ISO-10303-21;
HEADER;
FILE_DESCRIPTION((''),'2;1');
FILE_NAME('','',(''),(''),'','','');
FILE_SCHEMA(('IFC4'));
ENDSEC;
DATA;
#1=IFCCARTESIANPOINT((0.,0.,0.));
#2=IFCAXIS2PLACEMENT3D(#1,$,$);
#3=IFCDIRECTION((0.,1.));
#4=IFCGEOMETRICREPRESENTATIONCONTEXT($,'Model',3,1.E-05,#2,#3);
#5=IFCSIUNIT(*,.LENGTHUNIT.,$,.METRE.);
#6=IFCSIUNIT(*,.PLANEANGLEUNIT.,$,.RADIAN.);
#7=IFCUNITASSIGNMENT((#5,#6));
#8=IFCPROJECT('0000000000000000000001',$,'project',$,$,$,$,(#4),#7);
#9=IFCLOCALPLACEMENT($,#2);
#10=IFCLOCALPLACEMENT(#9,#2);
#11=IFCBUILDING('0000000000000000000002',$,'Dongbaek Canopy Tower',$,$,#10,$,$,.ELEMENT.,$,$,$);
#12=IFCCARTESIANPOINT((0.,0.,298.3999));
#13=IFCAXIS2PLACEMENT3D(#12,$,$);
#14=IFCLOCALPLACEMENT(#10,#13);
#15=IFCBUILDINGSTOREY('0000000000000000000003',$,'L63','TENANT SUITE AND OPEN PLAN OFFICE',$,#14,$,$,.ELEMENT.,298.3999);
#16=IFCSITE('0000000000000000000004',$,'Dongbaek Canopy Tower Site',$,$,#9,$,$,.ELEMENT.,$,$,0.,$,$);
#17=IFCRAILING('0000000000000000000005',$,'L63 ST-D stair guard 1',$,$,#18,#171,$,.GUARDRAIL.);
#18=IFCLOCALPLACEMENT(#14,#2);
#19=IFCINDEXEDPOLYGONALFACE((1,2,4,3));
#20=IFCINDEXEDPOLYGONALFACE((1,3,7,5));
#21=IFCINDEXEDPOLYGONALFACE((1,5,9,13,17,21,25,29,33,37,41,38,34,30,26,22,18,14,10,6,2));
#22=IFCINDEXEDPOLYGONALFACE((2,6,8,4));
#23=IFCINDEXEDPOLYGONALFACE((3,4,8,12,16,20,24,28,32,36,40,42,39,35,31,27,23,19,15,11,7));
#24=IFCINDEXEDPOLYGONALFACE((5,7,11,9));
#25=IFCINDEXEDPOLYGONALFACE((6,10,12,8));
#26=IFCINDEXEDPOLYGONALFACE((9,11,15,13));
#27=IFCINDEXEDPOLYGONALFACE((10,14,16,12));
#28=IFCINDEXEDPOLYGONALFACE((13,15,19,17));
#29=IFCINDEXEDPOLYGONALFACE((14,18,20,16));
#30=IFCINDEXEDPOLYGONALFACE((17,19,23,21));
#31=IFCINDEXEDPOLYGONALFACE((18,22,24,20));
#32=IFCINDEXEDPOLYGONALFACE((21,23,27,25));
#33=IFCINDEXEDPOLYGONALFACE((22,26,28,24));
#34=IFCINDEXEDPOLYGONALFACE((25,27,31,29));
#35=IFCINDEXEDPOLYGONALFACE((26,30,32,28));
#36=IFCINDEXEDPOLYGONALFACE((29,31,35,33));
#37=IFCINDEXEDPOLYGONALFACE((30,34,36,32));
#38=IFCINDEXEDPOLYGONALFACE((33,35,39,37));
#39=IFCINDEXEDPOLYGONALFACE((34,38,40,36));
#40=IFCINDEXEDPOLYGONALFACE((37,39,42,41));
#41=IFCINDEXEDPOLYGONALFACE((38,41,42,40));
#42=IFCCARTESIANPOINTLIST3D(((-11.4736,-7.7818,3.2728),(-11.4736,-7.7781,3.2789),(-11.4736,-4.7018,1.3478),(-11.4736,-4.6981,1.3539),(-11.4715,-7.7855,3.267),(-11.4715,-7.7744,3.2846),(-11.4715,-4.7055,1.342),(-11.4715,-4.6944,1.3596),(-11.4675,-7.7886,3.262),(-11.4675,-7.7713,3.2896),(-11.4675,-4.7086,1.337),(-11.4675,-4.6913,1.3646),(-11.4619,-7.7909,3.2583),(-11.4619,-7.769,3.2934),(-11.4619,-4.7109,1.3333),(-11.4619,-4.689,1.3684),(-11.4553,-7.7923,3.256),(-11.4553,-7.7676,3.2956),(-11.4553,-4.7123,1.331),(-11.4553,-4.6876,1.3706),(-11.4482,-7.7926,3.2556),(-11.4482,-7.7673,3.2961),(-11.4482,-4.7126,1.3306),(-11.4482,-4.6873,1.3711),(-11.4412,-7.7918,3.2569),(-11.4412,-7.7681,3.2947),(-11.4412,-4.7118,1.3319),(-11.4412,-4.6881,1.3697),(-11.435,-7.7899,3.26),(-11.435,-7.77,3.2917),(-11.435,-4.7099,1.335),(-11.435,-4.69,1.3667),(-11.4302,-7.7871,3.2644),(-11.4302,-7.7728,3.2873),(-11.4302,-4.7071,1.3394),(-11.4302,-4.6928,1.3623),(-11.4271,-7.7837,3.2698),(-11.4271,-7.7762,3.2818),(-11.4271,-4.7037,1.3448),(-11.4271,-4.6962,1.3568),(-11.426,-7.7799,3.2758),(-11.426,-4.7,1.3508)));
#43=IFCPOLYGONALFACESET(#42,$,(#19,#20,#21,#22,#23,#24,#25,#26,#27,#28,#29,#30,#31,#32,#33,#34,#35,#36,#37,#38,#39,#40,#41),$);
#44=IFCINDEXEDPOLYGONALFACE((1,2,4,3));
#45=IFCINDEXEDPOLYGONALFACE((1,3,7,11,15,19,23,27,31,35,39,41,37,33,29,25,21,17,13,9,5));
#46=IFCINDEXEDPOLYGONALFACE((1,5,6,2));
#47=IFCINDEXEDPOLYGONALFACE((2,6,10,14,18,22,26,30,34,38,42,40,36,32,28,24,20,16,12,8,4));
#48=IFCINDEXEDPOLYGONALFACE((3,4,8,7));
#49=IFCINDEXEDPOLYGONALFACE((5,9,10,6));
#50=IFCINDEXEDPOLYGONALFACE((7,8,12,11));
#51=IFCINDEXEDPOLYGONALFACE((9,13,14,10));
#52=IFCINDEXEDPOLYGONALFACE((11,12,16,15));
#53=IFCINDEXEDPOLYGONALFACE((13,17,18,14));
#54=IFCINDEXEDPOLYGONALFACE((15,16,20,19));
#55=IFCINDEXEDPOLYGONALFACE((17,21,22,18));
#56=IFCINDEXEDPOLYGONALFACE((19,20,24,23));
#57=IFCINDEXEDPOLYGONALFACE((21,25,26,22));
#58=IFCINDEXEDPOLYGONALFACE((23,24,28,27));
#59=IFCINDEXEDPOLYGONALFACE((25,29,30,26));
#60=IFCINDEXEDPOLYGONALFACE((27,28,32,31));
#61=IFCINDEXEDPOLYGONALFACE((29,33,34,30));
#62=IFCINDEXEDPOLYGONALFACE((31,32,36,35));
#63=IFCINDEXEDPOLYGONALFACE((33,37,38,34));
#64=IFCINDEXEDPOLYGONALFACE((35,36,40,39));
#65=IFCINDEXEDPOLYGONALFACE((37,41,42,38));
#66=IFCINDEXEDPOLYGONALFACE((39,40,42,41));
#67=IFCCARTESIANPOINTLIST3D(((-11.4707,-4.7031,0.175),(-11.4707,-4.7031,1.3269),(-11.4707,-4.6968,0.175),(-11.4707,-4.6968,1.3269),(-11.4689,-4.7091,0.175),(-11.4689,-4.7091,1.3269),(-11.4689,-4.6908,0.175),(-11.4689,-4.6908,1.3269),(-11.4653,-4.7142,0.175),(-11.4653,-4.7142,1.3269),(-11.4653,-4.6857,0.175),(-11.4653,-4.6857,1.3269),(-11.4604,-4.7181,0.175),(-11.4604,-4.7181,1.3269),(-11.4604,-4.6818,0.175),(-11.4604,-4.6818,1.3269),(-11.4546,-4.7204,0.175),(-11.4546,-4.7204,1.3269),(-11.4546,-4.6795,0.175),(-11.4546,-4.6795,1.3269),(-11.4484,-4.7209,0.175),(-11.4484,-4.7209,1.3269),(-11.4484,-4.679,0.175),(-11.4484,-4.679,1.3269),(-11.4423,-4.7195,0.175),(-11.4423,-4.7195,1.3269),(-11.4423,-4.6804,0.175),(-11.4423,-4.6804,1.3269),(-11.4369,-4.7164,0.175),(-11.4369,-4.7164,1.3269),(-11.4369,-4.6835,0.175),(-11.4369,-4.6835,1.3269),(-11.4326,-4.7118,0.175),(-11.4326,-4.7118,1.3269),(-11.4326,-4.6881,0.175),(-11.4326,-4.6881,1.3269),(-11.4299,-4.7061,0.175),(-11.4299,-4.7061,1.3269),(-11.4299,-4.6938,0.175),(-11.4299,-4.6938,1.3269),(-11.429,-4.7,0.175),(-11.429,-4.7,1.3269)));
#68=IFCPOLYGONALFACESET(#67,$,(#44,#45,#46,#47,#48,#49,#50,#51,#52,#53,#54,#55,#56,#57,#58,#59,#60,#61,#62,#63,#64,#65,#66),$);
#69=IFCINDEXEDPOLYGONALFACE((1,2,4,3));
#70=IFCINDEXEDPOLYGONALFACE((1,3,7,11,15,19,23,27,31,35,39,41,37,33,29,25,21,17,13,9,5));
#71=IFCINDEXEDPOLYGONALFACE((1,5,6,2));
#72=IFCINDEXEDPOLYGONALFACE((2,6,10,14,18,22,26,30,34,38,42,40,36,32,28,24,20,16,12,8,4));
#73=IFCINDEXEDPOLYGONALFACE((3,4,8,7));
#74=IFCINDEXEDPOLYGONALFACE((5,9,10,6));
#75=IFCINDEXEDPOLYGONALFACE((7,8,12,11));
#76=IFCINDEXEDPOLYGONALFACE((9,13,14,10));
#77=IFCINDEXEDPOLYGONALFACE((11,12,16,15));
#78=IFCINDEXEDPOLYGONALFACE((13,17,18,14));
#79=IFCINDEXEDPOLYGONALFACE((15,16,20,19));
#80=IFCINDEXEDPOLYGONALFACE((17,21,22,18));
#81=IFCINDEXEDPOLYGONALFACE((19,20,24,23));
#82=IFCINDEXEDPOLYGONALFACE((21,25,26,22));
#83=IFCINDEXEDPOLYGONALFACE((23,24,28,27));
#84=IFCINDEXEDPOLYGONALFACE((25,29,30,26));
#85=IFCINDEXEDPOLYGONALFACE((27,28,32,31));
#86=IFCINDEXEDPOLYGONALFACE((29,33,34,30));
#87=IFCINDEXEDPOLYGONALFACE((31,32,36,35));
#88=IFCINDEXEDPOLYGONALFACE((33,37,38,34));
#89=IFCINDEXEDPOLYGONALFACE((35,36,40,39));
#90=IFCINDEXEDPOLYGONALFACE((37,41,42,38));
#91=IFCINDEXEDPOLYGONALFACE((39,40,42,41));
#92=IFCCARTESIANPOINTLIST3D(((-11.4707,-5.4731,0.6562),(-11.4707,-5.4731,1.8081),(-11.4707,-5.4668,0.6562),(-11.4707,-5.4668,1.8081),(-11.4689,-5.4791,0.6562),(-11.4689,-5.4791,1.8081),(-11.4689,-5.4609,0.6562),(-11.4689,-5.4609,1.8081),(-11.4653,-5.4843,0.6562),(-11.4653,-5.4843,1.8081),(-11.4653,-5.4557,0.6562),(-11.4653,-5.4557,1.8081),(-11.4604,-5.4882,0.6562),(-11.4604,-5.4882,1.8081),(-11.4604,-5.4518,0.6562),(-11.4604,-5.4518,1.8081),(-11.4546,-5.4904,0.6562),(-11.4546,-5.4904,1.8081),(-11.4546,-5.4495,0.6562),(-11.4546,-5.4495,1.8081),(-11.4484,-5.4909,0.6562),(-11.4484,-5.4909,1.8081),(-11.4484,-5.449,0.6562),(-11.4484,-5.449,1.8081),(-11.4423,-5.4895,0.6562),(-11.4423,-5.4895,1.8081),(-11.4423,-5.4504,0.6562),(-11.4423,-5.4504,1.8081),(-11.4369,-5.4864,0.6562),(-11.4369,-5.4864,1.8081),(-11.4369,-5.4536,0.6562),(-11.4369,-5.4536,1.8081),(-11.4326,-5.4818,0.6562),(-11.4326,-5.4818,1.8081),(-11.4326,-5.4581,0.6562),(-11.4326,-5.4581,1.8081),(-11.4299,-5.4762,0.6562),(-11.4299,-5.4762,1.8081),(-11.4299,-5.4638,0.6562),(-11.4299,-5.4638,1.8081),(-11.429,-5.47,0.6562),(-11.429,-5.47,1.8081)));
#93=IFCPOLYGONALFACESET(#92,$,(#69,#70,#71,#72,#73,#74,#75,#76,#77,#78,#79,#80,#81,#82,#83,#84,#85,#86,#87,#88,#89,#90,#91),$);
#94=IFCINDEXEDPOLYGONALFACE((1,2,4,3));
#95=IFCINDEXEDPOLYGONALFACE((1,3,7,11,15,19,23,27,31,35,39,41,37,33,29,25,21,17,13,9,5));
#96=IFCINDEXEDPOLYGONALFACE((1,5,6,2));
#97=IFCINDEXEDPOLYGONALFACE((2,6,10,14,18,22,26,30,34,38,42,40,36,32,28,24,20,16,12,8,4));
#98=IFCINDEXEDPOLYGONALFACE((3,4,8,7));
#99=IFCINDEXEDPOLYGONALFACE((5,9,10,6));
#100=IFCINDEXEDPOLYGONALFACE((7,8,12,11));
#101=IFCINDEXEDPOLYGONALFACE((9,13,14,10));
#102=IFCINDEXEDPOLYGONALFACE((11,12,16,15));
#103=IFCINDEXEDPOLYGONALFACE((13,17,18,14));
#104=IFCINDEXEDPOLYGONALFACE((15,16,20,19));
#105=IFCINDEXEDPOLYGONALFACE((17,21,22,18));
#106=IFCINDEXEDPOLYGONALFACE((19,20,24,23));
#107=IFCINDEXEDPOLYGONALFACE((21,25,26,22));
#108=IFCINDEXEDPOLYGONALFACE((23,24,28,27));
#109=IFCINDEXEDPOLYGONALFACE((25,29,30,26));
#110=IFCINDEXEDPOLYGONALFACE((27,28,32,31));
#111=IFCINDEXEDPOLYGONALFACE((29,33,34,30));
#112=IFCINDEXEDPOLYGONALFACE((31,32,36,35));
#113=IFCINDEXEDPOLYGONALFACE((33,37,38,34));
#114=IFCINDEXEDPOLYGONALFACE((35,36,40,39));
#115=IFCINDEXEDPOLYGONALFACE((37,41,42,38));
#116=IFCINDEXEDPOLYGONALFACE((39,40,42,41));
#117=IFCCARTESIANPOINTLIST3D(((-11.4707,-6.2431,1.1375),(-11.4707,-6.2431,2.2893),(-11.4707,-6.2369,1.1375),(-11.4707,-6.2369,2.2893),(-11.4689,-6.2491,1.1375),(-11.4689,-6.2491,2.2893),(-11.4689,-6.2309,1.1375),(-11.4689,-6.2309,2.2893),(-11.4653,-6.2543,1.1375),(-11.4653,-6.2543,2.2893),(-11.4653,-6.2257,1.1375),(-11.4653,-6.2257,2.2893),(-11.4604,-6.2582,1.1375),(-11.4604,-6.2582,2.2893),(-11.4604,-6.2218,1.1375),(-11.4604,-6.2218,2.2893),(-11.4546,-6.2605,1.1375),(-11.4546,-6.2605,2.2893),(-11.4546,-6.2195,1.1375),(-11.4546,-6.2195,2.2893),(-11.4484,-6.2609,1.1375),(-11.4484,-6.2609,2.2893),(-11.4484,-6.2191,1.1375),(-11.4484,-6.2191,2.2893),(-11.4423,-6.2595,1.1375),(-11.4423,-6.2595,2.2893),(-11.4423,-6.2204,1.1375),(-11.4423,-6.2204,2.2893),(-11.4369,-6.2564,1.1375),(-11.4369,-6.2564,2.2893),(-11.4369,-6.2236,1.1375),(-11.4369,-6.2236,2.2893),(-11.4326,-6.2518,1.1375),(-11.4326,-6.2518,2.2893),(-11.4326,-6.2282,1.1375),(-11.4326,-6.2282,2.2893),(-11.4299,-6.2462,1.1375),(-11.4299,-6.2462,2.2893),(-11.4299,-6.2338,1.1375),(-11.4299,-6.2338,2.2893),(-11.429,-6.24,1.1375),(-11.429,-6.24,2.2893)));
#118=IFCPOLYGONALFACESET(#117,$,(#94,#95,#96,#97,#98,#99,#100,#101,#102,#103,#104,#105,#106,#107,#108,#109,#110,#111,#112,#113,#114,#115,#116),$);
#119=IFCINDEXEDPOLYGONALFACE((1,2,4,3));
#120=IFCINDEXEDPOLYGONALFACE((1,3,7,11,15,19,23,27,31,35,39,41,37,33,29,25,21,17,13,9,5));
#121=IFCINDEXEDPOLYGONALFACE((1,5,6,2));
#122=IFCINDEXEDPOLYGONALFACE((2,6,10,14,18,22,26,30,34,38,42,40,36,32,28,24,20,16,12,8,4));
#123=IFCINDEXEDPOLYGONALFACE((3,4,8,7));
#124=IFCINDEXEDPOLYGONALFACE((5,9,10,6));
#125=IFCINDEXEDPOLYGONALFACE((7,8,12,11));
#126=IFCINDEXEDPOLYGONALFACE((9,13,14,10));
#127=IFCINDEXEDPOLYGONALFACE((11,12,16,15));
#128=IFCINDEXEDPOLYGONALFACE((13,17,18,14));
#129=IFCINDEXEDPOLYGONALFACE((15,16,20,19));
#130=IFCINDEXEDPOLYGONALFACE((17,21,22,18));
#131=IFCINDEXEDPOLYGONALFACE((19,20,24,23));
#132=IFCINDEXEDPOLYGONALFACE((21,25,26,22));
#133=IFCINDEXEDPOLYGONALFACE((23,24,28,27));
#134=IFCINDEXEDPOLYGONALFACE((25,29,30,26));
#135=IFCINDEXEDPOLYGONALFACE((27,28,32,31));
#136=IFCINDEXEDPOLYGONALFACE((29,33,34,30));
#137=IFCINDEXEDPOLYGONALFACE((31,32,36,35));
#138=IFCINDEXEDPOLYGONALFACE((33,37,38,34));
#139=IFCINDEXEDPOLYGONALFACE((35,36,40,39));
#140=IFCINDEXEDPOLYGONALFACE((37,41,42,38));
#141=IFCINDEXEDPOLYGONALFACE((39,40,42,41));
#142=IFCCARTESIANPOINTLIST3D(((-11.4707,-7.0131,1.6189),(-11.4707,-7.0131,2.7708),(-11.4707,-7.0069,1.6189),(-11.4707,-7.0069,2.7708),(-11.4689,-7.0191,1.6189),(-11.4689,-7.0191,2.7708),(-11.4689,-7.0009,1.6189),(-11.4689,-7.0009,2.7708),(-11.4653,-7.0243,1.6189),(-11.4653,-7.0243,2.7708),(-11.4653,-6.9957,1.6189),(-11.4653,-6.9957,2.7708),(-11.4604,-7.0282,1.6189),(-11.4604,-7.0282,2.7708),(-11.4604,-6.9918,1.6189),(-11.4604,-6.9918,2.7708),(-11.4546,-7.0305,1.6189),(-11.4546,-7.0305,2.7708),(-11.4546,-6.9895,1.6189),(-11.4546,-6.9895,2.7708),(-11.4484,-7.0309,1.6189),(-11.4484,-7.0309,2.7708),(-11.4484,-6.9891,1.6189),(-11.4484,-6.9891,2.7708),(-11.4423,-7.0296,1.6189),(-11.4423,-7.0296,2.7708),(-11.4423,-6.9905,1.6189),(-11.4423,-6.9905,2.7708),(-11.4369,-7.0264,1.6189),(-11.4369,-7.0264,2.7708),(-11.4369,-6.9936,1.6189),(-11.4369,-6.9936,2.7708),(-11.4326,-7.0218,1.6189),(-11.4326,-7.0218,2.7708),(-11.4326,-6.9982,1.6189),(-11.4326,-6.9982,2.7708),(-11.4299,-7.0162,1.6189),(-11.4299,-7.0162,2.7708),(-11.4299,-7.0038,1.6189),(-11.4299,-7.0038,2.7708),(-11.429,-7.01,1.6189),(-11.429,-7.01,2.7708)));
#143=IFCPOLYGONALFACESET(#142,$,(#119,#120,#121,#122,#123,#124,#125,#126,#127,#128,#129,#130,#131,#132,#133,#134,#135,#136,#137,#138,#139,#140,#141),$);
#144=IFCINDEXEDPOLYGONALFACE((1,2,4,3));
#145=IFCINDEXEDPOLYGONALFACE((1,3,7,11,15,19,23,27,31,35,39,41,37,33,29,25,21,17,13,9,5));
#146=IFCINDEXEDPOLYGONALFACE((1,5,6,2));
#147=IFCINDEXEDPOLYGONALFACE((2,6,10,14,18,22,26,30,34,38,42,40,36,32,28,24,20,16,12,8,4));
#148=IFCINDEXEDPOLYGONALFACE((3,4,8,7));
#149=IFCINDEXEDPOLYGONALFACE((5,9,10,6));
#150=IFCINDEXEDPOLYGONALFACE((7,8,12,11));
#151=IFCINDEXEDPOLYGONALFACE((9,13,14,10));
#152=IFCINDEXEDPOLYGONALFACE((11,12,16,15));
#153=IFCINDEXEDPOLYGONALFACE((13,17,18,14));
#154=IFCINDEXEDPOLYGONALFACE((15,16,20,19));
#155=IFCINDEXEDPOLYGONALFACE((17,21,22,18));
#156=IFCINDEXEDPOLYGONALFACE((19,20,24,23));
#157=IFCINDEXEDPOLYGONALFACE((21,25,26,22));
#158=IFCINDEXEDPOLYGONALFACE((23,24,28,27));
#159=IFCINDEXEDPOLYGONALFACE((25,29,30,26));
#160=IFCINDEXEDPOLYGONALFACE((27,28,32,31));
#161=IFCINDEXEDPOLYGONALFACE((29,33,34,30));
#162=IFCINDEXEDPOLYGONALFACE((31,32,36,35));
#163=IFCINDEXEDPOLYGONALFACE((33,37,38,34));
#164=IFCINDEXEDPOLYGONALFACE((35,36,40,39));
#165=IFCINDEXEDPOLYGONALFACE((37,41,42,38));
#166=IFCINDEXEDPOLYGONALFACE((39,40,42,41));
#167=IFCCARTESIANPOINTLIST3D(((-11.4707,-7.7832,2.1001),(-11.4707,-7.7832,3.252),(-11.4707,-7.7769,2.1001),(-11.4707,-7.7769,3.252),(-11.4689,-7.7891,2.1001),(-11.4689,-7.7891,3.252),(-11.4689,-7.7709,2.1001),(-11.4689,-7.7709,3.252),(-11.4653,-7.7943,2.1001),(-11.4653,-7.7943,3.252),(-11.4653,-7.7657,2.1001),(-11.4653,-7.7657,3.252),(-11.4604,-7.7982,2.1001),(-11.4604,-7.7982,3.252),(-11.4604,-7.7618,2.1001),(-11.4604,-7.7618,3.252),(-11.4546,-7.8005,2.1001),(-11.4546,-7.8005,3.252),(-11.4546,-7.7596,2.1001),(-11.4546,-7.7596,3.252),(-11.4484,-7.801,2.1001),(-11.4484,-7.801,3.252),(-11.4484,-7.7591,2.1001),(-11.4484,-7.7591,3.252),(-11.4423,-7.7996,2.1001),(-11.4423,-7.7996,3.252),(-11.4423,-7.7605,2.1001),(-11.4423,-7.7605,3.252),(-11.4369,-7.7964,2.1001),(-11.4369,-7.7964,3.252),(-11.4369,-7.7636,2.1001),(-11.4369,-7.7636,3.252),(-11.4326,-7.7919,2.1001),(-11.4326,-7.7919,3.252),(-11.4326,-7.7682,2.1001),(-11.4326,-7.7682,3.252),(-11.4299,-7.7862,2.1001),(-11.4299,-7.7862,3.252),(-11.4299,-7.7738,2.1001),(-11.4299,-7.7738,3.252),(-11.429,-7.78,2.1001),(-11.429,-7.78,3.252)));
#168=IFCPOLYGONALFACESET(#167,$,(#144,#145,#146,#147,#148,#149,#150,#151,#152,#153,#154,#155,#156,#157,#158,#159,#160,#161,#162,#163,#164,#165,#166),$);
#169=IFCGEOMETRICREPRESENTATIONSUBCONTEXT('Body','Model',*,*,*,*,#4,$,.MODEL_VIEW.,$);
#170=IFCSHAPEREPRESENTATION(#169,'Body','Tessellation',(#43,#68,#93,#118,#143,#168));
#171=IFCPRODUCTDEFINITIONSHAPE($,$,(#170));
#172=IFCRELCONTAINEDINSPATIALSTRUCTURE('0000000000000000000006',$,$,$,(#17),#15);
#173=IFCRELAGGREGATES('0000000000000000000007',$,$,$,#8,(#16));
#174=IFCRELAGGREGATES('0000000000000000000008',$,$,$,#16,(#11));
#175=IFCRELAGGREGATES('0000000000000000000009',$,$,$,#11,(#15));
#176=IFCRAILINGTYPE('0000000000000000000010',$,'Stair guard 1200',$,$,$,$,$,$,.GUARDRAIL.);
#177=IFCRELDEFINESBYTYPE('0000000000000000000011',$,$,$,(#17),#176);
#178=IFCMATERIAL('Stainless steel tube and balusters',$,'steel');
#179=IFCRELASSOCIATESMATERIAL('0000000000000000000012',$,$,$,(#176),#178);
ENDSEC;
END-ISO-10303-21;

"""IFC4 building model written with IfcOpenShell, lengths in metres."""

from ifc_helpers import new_model, si_unit, direction, frame, origin, origin_2d, place, context, subcontext, project, spatial, circle, extrude, material, type_object, element, save


model = new_model("IFC4")

# Units and contexts
model_context = context("Model", 3, precision=1e-05, world=origin(), true_north=direction((0.0, 1.0)))
body_context = subcontext(model_context, "Body", "Model", "MODEL_VIEW")
ifc_project = project(units=[si_unit("LENGTHUNIT", "METRE"), si_unit("PLANEANGLEUNIT", "RADIAN")], contexts=[model_context])

# Site, building, storey
site_placement = place(None, origin())
site = spatial("IfcSite", under=ifc_project, at=site_placement, Name="Dongbaek Canopy Tower Site", CompositionType="ELEMENT", RefElevation=0.0)
building_placement = place(site_placement, origin())
building = spatial("IfcBuilding", under=site, at=building_placement, Name="Dongbaek Canopy Tower", CompositionType="ELEMENT")
storey_placement = place(building_placement, frame((0.0, 0.0, 298.3999)))
storey = spatial("IfcBuildingStorey", under=building, at=storey_placement, Name="L63", Description="TENANT SUITE AND OPEN PLAN OFFICE", CompositionType="ELEMENT", Elevation=298.3999)

# Railing
ifc_material_1 = material(Name="Stainless steel tube and balusters", Category="steel")
railing_type_1 = type_object("IfcRailingType", Name="Stair guard 1200", PredefinedType="GUARDRAIL", material=ifc_material_1)
railing_1_placement = place(storey_placement, frame((-11.45, -4.7, 0.175)))
element("IfcRailing", 1, at=railing_1_placement, inside=storey, type_object=railing_type_1, Name="L63 ST-D stair guard 1", PredefinedType="GUARDRAIL", context=body_context, shape_type="SweptSolid", body=[
    extrude(circle(Radius=0.0239, at=origin_2d()), frame((0.0, 0.0, 1.1758), z_axis=(0.0, -0.847998, 0.529999), x_axis=(1.0, 0.0, 0.0)), (0.0, 0.0, 1.0), 3.6321),
    extrude(circle(Radius=0.021, at=origin_2d()), origin(), (0.0, 0.0, 1.0), 1.1519),
    extrude(circle(Radius=0.021, at=origin_2d()), frame((0.0, -0.77, 0.4812)), (0.0, 0.0, 1.0), 1.1519),
    extrude(circle(Radius=0.021, at=origin_2d()), frame((0.0, -1.54, 0.9624)), (0.0, 0.0, 1.0), 1.1519),
    extrude(circle(Radius=0.021, at=origin_2d()), frame((0.0, -2.3101, 1.4438)), (0.0, 0.0, 1.0), 1.1519),
    extrude(circle(Radius=0.021, at=origin_2d()), frame((0.0, -3.0801, 1.925)), (0.0, 0.0, 1.0), 1.1519),
])

save(model, "model.ifc")
